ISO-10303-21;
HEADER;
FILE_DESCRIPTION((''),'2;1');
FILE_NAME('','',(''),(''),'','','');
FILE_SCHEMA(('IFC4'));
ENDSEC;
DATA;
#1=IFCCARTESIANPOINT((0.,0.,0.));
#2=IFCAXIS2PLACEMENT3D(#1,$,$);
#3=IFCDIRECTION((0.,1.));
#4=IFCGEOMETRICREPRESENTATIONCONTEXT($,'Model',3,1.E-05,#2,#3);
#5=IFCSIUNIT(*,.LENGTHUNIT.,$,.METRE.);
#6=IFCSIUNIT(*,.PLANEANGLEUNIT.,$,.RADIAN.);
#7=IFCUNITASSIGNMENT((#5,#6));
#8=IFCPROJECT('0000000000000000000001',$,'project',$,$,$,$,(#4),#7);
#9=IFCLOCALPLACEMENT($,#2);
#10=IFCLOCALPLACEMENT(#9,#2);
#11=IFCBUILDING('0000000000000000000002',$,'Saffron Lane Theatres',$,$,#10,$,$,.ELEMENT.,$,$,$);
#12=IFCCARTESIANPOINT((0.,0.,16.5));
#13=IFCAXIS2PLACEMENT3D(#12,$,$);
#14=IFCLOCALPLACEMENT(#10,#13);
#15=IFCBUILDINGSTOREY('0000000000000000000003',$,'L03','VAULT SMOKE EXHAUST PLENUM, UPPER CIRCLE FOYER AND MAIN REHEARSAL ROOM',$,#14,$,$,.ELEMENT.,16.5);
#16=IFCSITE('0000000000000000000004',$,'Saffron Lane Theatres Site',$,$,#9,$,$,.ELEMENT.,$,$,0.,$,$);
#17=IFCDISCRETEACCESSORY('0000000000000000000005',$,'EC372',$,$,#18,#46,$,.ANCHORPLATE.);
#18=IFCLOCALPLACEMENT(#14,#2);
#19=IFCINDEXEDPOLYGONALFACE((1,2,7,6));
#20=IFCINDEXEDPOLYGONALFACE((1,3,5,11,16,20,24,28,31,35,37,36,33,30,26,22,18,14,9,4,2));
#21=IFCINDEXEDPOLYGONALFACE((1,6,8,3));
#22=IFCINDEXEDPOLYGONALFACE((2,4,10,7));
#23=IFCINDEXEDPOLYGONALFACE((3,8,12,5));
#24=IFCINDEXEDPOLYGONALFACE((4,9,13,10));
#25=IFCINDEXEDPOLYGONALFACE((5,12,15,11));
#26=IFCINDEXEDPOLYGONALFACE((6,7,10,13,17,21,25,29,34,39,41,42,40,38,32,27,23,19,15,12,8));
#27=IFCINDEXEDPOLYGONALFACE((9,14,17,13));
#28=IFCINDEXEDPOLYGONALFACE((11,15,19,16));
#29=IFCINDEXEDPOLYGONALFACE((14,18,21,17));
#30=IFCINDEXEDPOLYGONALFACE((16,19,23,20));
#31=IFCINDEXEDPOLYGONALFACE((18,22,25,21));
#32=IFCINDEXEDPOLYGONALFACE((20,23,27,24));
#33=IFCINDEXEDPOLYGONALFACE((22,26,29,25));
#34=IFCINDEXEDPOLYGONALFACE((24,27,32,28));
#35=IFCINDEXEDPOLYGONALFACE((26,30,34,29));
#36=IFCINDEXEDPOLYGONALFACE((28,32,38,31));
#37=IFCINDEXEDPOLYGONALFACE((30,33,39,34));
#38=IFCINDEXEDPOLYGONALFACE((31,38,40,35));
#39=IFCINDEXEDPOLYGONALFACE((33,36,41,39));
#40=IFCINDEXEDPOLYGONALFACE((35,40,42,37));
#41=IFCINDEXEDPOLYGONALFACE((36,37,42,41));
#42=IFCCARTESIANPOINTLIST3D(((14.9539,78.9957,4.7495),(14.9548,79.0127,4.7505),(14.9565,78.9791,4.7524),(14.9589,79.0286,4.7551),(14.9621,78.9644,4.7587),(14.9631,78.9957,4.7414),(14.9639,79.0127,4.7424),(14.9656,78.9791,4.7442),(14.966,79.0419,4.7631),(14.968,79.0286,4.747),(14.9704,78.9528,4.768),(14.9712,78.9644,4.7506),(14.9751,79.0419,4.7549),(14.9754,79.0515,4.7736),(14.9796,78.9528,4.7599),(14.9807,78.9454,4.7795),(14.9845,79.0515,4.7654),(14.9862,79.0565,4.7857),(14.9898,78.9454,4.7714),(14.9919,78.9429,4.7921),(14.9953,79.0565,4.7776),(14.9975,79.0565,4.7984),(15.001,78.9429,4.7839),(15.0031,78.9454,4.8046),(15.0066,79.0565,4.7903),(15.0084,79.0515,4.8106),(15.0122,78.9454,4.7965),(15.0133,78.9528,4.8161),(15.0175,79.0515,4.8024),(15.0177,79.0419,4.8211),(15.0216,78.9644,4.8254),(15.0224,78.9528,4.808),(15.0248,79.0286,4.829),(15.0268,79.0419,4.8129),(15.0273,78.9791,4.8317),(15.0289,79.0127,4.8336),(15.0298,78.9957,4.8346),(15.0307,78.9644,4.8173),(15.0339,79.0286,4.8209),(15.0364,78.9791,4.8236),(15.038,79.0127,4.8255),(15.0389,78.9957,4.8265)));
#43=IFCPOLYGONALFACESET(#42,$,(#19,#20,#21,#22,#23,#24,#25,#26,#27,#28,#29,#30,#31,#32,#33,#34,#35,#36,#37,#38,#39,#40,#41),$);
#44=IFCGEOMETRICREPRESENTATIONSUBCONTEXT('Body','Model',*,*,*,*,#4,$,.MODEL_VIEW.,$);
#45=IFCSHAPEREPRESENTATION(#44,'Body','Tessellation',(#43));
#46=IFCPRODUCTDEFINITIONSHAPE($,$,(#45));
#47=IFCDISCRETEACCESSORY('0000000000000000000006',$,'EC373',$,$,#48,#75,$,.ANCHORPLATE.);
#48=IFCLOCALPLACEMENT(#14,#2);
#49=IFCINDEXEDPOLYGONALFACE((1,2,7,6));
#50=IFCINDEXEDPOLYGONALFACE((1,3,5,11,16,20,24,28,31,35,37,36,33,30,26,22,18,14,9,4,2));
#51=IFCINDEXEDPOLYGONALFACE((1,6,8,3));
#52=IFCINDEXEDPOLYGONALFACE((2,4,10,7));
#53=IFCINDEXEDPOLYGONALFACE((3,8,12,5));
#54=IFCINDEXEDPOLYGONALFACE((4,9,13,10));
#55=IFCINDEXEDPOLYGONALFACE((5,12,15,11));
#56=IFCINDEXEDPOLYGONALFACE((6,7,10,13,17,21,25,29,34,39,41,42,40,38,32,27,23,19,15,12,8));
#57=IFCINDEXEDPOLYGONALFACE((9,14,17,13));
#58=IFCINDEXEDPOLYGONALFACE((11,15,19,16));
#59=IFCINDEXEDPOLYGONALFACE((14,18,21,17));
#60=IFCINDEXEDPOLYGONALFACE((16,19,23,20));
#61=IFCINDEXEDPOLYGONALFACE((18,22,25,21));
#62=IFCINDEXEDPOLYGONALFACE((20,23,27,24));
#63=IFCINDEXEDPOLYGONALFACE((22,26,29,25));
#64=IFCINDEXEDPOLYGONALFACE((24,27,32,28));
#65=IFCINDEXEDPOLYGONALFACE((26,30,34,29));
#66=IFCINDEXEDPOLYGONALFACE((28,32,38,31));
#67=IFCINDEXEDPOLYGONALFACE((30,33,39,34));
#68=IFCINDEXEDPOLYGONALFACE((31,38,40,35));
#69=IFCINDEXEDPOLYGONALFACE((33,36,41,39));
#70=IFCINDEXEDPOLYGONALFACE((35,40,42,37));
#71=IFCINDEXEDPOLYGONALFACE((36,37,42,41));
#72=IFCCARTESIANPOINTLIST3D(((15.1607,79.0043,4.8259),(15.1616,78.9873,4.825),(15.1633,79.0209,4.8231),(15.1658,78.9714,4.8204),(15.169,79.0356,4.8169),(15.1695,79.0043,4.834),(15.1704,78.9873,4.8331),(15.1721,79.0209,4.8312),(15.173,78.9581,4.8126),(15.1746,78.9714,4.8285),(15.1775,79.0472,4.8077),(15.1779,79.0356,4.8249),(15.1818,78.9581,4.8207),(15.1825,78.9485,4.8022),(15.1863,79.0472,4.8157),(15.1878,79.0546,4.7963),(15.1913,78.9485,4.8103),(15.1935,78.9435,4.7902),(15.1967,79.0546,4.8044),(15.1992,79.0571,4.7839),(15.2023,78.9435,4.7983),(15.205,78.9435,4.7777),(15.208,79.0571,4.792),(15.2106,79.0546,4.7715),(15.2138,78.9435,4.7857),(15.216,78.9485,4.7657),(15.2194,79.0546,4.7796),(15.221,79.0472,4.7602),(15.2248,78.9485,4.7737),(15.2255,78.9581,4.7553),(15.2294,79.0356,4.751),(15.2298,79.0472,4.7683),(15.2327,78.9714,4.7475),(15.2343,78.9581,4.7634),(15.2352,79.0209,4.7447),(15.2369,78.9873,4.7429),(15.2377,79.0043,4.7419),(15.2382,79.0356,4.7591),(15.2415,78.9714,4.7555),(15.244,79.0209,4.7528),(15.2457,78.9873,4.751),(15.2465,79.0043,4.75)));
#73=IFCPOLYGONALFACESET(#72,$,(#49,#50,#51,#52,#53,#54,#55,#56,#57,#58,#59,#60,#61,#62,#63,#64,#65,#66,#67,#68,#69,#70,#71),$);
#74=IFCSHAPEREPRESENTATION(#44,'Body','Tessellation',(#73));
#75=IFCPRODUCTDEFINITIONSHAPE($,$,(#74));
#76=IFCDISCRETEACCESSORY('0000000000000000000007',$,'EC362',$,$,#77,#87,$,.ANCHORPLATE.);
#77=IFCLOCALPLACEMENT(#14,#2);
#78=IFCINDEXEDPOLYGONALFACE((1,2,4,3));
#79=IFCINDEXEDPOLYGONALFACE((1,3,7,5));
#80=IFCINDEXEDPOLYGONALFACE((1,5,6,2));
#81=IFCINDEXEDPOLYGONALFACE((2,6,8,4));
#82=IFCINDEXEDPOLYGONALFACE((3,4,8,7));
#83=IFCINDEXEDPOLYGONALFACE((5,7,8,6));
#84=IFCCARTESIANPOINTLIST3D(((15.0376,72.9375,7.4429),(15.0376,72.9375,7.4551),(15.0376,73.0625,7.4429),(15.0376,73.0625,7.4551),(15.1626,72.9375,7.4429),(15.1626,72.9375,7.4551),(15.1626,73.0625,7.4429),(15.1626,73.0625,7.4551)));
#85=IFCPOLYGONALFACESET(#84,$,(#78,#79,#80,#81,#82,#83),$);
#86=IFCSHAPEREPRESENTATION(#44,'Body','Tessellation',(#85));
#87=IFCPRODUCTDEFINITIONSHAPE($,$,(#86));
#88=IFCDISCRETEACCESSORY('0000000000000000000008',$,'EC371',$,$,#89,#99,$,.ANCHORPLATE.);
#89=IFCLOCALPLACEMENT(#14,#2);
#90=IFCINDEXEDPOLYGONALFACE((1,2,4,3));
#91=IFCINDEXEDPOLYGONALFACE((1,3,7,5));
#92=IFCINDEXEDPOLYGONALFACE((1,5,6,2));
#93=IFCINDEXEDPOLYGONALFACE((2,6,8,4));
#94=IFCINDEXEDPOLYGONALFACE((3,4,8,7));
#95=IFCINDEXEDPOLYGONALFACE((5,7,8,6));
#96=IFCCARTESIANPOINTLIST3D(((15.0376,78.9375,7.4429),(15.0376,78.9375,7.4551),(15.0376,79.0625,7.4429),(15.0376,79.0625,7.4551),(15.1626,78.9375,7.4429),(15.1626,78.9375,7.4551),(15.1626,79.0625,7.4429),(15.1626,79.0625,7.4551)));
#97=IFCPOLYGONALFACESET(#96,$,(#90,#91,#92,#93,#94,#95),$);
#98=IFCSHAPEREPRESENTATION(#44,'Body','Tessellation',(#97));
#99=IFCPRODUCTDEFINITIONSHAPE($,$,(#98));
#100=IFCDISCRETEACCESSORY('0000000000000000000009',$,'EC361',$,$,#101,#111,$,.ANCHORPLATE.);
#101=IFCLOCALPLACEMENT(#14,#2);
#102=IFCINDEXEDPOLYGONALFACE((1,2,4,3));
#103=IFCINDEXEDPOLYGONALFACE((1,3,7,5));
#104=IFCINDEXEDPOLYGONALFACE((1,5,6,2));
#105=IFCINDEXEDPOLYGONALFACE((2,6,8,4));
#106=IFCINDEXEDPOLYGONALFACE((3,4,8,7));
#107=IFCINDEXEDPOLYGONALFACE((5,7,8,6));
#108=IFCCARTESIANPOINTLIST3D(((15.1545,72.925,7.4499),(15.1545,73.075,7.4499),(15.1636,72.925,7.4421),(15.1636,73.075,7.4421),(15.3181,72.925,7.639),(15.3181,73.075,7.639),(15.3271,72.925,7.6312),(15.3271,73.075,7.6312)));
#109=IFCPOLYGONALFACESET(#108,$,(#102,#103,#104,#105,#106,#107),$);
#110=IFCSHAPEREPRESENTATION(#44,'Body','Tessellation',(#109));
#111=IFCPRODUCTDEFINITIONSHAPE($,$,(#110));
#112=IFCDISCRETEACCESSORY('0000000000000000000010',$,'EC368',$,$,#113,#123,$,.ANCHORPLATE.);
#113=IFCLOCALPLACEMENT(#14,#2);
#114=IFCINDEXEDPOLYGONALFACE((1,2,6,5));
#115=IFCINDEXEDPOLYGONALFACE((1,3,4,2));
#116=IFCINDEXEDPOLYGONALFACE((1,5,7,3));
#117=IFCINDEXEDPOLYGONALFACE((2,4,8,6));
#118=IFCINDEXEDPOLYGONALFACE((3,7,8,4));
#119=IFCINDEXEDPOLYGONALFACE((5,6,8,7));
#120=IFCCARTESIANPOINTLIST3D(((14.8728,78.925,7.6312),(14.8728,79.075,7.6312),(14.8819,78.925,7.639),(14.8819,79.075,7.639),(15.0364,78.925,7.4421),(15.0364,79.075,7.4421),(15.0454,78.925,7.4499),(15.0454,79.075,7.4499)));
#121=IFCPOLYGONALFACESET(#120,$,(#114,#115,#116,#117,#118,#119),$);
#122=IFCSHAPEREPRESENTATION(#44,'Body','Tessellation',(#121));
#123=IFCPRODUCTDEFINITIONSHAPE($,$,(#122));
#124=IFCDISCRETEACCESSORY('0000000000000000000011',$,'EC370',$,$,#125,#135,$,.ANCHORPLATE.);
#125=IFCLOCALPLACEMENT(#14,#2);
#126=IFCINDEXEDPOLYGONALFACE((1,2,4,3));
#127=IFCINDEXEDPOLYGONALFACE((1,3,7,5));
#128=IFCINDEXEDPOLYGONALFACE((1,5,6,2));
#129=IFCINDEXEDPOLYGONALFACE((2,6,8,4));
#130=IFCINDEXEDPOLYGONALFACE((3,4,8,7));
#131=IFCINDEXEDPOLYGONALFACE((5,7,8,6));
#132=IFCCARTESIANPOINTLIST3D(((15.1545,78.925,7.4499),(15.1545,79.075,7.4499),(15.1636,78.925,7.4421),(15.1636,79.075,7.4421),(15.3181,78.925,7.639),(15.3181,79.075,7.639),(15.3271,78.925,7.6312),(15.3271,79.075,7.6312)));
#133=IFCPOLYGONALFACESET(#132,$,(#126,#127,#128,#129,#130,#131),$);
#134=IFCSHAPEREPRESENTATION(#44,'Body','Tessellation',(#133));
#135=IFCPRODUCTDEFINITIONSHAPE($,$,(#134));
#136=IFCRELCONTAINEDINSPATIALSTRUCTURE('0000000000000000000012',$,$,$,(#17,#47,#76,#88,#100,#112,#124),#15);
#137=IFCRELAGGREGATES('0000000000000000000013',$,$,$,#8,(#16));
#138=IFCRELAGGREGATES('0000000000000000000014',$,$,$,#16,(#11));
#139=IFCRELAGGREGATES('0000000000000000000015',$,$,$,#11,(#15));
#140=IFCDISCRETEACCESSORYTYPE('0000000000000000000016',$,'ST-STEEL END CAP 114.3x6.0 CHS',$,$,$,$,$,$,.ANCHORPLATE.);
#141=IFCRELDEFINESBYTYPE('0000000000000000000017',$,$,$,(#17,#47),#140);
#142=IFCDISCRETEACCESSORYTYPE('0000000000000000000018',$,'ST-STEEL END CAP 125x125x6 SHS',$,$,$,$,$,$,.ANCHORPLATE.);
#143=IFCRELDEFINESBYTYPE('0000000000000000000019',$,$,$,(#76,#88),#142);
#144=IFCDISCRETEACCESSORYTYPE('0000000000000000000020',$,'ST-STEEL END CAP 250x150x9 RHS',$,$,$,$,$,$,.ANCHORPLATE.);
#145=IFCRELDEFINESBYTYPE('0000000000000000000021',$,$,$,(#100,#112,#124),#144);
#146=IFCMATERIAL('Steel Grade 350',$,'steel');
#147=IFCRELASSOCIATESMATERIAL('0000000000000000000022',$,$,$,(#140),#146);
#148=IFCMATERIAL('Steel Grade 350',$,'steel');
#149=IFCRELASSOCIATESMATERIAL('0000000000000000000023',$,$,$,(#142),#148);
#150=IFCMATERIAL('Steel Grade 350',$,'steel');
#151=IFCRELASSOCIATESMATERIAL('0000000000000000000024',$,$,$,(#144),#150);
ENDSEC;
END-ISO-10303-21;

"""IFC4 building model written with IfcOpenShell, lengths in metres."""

from ifc_helpers import new_model, si_unit, direction, frame, origin, origin_2d, place, context, subcontext, project, spatial, rectangle, circle, extrude, material, material_profile, profile_set, type_object, element, save


model = new_model("IFC4")

# Units and contexts
model_context = context("Model", 3, precision=1e-05, world=origin(), true_north=direction((0.0, 1.0)))
body_context = subcontext(model_context, "Body", "Model", "MODEL_VIEW")
ifc_project = project(units=[si_unit("LENGTHUNIT", "METRE"), si_unit("PLANEANGLEUNIT", "RADIAN")], contexts=[model_context])

# Site, building, storey
site_placement = place(None, origin())
site = spatial("IfcSite", under=ifc_project, at=site_placement, Name="Saffron Lane Theatres Site", CompositionType="ELEMENT", RefElevation=0.0)
building_placement = place(site_placement, origin())
building = spatial("IfcBuilding", under=site, at=building_placement, Name="Saffron Lane Theatres", CompositionType="ELEMENT")
storey_placement = place(building_placement, frame((0.0, 0.0, 16.5)))
storey = spatial("IfcBuildingStorey", under=building, at=storey_placement, Name="L03", Description="VAULT SMOKE EXHAUST PLENUM, UPPER CIRCLE FOYER AND MAIN REHEARSAL ROOM", CompositionType="ELEMENT", Elevation=16.5)

# Discrete accessories
ifc_material_1 = material(Name="Steel Grade 350", Category="steel")
ifc_material_profile_1 = material_profile(ifc_material_1, circle(Radius=0.0571, at=origin_2d()))
ifc_profile_set_1 = profile_set([ifc_material_profile_1], Name="Steel Grade 350")
discrete_accessory_type_1 = type_object("IfcDiscreteAccessoryType", Name="ST-STEEL END CAP 114.3x6.0 CHS", PredefinedType="ANCHORPLATE", material=ifc_profile_set_1)
discrete_accessory_1_placement = place(storey_placement, frame((15.001, 79.0, 4.7839), z_axis=(-0.746295, 0.0, 0.665615), x_axis=(0.0, -1.0, 0.0)))
element("IfcDiscreteAccessory", 1, at=discrete_accessory_1_placement, inside=storey, type_object=discrete_accessory_type_1, Name="EC372", PredefinedType="ANCHORPLATE", context=body_context, shape_type="SweptSolid", body=[
    extrude(circle(Radius=0.0571, at=origin_2d()), origin(), (0.0, 0.0, 1.0), 0.0122),
])
discrete_accessory_2_placement = place(storey_placement, frame((15.1992, 79.0, 4.7839), z_axis=(0.737154, 0.0, 0.675725), x_axis=(0.0, 1.0, 0.0)))
element("IfcDiscreteAccessory", 2, at=discrete_accessory_2_placement, inside=storey, type_object=discrete_accessory_type_1, Name="EC373", PredefinedType="ANCHORPLATE", context=body_context, shape_type="SweptSolid", body=[
    extrude(circle(Radius=0.0571, at=origin_2d()), origin(), (0.0, 0.0, 1.0), 0.012),
])
ifc_material_2 = material(Name="Steel Grade 350", Category="steel")
ifc_material_profile_2 = material_profile(ifc_material_2, rectangle(XDim=0.125, YDim=0.125, at=origin_2d()))
ifc_profile_set_2 = profile_set([ifc_material_profile_2], Name="Steel Grade 350")
discrete_accessory_type_2 = type_object("IfcDiscreteAccessoryType", Name="ST-STEEL END CAP 125x125x6 SHS", PredefinedType="ANCHORPLATE", material=ifc_profile_set_2)
for number, where, z_axis, x_axis, name in (
    (3, (15.1001, 73.0, 7.4429), (0.0, 0.0, 1.0), (1.0, 0.0, 0.0), "EC362"),
    (4, (15.1001, 79.0, 7.4429), (0.0, 0.0, 1.0), (1.0, 0.0, 0.0), "EC371"),
):
    element("IfcDiscreteAccessory", number, at=place(storey_placement, frame(where, z_axis=z_axis, x_axis=x_axis)), inside=storey, type_object=discrete_accessory_type_2, Name=name, PredefinedType="ANCHORPLATE", context=body_context, shape_type="SweptSolid", body=[
        extrude(rectangle(XDim=0.125, YDim=0.125, at=origin_2d()), origin(), (0.0, 0.0, 1.0), 0.0122),
    ])
ifc_material_3 = material(Name="Steel Grade 350", Category="steel")
ifc_material_profile_3 = material_profile(ifc_material_3, rectangle(XDim=0.1499, YDim=0.25, at=origin_2d()))
ifc_profile_set_3 = profile_set([ifc_material_profile_3], Name="Steel Grade 350")
discrete_accessory_type_3 = type_object("IfcDiscreteAccessoryType", Name="ST-STEEL END CAP 250x150x9 RHS", PredefinedType="ANCHORPLATE", material=ifc_profile_set_3)
for number, where, z_axis, x_axis, name in (
    (5, (15.2454, 73.0, 7.5366), (-0.756363, 0.0, 0.654152), (0.0, -1.0, 0.0), "EC361"),
    (6, (14.9546, 79.0, 7.5366), (0.756363, 0.0, 0.654152), (0.0, 1.0, 0.0), "EC368"),
    (7, (15.2454, 79.0, 7.5366), (-0.756363, 0.0, 0.654152), (0.0, -1.0, 0.0), "EC370"),
):
    element("IfcDiscreteAccessory", number, at=place(storey_placement, frame(where, z_axis=z_axis, x_axis=x_axis)), inside=storey, type_object=discrete_accessory_type_3, Name=name, PredefinedType="ANCHORPLATE", context=body_context, shape_type="SweptSolid", body=[
        extrude(rectangle(XDim=0.1499, YDim=0.25, at=origin_2d()), origin(), (0.0, 0.0, 1.0), 0.012),
    ])

save(model, "model.ifc")
